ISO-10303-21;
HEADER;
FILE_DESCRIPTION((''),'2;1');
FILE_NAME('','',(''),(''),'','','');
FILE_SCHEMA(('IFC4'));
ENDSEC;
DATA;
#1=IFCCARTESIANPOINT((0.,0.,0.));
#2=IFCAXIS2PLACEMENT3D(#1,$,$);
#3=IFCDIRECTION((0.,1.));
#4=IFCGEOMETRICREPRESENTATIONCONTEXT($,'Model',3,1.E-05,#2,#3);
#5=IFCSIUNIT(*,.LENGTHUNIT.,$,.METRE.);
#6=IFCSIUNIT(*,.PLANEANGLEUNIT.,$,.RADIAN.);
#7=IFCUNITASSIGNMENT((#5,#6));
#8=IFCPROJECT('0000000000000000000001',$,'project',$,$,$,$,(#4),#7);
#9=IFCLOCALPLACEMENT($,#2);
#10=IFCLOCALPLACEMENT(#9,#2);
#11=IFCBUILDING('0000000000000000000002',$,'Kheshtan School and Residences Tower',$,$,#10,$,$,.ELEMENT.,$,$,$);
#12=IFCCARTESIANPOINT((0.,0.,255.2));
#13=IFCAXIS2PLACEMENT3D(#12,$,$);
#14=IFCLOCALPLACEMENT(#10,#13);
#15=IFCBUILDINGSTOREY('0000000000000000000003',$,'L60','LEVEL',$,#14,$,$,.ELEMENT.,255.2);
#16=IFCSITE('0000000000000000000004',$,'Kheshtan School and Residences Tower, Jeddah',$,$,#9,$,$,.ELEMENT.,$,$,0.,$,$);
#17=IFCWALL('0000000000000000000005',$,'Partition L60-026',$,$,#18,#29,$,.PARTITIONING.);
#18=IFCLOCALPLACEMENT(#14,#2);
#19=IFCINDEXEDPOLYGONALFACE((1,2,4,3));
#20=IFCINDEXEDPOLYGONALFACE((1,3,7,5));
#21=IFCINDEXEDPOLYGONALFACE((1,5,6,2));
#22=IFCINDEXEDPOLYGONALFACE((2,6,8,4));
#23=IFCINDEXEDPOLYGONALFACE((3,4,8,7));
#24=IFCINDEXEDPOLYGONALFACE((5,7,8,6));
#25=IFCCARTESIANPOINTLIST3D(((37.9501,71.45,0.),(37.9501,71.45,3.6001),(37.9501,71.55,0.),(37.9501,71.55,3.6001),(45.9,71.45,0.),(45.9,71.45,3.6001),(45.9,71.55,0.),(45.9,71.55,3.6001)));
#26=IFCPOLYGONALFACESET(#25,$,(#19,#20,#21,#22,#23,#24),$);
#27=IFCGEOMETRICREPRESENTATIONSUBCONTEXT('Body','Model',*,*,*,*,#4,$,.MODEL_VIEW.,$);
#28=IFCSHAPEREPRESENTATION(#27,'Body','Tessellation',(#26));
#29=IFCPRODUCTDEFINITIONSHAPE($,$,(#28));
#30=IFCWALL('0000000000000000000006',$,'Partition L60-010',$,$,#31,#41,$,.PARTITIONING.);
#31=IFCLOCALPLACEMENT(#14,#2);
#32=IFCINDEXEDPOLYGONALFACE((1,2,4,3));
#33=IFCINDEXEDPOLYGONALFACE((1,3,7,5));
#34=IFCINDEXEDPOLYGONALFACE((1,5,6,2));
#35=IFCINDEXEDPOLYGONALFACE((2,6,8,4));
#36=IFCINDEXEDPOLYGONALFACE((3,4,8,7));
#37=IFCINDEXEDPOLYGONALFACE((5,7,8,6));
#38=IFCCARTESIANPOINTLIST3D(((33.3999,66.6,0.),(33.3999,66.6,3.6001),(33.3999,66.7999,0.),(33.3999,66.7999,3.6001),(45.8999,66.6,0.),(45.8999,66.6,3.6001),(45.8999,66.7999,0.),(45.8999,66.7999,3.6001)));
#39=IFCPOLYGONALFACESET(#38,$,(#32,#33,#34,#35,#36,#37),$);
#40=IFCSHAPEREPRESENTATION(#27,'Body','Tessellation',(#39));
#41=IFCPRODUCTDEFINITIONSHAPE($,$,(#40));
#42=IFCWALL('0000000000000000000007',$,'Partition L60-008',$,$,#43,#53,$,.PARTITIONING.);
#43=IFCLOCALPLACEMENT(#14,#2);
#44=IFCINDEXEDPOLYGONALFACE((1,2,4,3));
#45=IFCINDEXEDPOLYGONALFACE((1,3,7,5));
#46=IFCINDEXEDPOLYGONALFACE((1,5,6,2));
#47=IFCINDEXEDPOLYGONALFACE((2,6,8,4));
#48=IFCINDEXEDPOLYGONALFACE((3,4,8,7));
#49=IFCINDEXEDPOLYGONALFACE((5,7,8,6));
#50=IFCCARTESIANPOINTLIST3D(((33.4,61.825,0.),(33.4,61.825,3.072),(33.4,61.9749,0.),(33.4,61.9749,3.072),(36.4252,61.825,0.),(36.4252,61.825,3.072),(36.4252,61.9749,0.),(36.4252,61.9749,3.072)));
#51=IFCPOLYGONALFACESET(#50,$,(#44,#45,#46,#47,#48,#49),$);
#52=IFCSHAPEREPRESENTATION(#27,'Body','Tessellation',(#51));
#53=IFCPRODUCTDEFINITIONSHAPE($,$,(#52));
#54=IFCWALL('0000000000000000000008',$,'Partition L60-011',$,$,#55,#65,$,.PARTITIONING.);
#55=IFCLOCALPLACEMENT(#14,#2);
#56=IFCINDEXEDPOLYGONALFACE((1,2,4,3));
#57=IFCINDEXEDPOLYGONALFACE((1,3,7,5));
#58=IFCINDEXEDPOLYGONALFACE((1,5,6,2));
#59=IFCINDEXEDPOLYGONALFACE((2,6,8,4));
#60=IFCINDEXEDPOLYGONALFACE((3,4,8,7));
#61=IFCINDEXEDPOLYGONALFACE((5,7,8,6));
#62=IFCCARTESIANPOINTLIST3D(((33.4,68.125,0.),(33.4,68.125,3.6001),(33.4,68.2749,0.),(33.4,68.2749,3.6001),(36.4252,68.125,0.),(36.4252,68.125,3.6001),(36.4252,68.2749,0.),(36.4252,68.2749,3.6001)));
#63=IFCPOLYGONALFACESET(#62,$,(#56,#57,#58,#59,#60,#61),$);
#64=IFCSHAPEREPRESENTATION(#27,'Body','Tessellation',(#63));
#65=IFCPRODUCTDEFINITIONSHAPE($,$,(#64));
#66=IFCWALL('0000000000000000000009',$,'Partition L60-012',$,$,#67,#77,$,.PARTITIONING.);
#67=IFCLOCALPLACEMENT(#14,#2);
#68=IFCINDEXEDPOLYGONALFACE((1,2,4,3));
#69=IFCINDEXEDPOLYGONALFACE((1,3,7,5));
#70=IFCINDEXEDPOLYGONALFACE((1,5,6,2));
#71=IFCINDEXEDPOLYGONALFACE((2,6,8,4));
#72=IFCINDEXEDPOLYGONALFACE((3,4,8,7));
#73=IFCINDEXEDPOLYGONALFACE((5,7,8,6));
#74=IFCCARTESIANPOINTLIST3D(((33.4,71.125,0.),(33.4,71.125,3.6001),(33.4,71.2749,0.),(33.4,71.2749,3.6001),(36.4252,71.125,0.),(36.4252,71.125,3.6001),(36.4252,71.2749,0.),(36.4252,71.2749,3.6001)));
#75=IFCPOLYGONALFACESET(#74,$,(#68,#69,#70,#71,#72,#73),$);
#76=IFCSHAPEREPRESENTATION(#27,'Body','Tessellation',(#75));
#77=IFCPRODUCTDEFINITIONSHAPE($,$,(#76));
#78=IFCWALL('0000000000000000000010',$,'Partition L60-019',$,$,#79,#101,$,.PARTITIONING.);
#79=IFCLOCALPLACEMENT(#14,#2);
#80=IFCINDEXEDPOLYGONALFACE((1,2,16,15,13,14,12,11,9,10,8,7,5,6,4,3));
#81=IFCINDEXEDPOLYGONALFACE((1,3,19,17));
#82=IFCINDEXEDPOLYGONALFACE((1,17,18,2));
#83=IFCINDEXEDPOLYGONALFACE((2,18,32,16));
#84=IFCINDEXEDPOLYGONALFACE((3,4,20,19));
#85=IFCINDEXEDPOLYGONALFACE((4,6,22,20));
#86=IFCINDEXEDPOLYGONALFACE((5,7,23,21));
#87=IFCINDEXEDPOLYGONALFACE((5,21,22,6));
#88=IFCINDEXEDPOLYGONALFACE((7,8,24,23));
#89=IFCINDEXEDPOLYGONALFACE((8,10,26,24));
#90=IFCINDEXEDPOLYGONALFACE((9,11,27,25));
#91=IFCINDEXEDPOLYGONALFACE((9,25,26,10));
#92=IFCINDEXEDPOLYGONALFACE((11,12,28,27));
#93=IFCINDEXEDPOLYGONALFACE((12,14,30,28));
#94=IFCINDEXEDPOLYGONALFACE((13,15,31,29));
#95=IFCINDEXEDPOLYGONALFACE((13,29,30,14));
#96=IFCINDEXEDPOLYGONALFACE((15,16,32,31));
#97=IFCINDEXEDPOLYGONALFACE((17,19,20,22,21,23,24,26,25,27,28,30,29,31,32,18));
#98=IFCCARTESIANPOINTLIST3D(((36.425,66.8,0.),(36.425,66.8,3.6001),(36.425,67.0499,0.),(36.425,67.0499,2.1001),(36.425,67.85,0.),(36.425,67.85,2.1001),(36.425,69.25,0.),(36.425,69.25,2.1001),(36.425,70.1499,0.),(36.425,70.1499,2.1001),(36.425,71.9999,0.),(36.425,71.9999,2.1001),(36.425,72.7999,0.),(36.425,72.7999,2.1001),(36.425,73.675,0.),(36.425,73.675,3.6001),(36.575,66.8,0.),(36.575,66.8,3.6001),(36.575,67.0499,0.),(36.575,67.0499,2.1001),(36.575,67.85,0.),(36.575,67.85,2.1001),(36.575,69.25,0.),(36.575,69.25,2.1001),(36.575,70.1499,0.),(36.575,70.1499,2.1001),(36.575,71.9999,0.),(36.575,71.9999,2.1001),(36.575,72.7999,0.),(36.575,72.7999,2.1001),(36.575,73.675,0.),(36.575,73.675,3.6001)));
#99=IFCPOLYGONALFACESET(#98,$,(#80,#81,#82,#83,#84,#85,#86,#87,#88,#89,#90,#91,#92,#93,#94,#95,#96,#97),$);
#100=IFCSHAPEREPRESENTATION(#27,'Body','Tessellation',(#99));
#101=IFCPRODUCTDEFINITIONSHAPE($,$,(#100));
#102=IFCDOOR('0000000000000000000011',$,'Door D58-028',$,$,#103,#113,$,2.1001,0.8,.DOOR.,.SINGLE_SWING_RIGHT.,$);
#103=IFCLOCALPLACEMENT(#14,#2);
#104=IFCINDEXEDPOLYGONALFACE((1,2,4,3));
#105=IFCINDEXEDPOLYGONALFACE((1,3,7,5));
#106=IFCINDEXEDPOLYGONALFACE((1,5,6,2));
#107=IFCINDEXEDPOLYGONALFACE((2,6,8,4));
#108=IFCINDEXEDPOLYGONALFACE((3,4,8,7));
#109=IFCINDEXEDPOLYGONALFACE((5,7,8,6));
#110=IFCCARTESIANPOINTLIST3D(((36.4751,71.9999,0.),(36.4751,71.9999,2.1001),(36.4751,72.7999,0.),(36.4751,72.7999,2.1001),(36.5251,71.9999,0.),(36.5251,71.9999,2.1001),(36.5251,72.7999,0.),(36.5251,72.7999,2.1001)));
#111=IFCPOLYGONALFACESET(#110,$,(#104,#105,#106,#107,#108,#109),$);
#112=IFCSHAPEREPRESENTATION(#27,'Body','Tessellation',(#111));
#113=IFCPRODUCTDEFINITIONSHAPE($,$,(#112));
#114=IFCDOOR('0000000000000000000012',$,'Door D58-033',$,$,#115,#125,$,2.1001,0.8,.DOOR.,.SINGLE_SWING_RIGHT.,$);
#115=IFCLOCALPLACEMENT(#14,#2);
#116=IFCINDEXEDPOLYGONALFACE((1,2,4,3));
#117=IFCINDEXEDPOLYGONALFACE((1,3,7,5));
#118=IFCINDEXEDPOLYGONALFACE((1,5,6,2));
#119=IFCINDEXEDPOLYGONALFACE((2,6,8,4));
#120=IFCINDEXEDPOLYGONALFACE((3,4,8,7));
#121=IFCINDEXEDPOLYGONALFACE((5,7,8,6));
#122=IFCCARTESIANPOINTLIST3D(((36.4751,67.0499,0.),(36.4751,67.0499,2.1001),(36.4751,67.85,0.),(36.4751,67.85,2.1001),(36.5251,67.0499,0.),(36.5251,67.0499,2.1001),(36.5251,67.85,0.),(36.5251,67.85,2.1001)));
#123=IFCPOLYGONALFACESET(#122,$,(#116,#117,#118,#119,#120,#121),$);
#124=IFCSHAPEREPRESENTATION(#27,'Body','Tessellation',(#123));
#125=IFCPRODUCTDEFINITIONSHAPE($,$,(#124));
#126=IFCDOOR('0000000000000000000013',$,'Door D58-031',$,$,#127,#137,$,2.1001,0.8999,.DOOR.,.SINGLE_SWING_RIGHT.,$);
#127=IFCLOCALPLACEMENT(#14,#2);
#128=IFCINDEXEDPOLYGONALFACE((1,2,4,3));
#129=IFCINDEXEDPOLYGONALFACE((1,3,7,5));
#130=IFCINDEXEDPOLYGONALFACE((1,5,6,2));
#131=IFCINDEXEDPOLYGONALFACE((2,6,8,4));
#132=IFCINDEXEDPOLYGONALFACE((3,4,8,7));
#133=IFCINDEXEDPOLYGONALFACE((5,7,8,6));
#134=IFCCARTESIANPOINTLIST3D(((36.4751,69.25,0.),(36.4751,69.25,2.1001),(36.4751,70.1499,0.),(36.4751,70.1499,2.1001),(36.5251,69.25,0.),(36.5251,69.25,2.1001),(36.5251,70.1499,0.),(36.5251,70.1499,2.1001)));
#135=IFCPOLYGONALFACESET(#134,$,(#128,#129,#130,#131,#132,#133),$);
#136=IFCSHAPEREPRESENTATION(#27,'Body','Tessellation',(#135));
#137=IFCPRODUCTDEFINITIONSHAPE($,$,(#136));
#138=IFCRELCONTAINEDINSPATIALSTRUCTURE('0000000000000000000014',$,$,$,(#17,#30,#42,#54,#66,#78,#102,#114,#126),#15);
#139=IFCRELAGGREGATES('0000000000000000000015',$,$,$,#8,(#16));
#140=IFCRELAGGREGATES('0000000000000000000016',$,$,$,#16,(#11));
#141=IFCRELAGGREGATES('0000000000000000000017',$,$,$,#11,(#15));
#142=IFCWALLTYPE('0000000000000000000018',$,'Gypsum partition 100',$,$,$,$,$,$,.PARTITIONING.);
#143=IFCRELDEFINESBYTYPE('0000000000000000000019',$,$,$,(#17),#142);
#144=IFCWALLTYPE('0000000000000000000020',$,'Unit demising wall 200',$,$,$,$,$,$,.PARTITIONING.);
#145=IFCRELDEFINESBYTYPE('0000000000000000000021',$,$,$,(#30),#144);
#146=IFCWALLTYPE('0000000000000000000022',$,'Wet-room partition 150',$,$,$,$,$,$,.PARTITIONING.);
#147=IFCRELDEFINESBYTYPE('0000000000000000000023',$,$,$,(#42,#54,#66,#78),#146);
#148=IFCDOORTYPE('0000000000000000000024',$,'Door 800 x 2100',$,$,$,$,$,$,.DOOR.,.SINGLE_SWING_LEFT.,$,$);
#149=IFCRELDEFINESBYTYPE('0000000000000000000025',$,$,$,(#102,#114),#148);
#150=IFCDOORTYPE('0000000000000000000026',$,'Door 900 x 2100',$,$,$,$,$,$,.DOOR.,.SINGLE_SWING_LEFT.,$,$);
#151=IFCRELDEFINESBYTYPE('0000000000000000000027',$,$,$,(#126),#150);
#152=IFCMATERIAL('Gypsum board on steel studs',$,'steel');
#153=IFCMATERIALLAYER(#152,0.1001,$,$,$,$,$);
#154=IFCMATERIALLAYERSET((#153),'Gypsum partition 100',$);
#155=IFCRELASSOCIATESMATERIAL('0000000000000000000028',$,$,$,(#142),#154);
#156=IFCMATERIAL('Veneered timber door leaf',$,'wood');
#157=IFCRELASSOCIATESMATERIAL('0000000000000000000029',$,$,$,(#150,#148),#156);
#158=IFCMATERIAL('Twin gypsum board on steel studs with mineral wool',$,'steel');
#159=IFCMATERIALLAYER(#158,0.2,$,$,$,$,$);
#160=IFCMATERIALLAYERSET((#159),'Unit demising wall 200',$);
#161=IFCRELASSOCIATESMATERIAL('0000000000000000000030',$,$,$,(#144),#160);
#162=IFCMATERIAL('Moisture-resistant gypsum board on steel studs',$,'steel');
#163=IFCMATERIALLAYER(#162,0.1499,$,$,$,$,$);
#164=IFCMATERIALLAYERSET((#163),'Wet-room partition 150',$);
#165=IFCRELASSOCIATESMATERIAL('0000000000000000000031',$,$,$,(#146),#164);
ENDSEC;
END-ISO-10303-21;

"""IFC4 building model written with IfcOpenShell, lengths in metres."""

from ifc_helpers import new_model, si_unit, direction, frame, frame_2d, origin, place, context, subcontext, project, spatial, rectangle, extrude, source, transform, mapped, material, layer, layer_set, type_object, element, fill, save


model = new_model("IFC4")

# Units and contexts
model_context = context("Model", 3, precision=1e-05, world=origin(), true_north=direction((0.0, 1.0)))
body_context = subcontext(model_context, "Body", "Model", "MODEL_VIEW")
ifc_project = project(units=[si_unit("LENGTHUNIT", "METRE"), si_unit("PLANEANGLEUNIT", "RADIAN")], contexts=[model_context])

# Site, building, storey
site_placement = place(None, origin())
site = spatial("IfcSite", under=ifc_project, at=site_placement, Name="Kheshtan School and Residences Tower, Jeddah", CompositionType="ELEMENT", RefElevation=0.0)
building_placement = place(site_placement, origin())
building = spatial("IfcBuilding", under=site, at=building_placement, Name="Kheshtan School and Residences Tower", CompositionType="ELEMENT")
storey_placement = place(building_placement, frame((0.0, 0.0, 255.2)))
storey = spatial("IfcBuildingStorey", under=building, at=storey_placement, Name="L60", Description="LEVEL", CompositionType="ELEMENT", Elevation=255.2)

# Shared definitions
ifc_material_1 = material(Name="Gypsum board on steel studs", Category="steel")
ifc_layer_1 = layer(ifc_material_1, 0.1001)
ifc_layer_set_1 = layer_set([ifc_layer_1], Name="Gypsum partition 100")
wall_type_1 = type_object("IfcWallType", Name="Gypsum partition 100", PredefinedType="PARTITIONING", material=ifc_layer_set_1)

# Shared definitions
ifc_material_2 = material(Name="Veneered timber door leaf", Category="wood")
door_type_1 = type_object("IfcDoorType", Name="Door 900 x 2100", OperationType="SINGLE_SWING_LEFT", PredefinedType="DOOR", material=ifc_material_2)
shared_shape_1 = source(origin(), body_context, "Body", "SweptSolid", [
    extrude(rectangle(XDim=0.8999, YDim=2.1001, at=frame_2d((0.45, 1.05))), frame((0.0, 0.0249, 0.0), z_axis=(0.0, -1.0, 0.0), x_axis=(1.0, 0.0, 0.0)), (0.0, 0.0, 1.0), 0.05),
])

# Walls
for number, where, z_axis, x_axis, name in (
    (1, (37.95, 71.5, 0.0), (0.0, 0.0, 1.0), (1.0, 0.0, 0.0), "Partition L60-026"),
):
    element("IfcWall", number, at=place(storey_placement, frame(where, z_axis=z_axis, x_axis=x_axis)), inside=storey, type_object=wall_type_1, Name=name, PredefinedType="PARTITIONING", context=body_context, shape_type="SweptSolid", body=[
        extrude(rectangle(XDim=7.95, YDim=0.1001, at=frame_2d((3.9751, 0.0))), origin(), (0.0, 0.0, 1.0), 3.6001),
    ])
ifc_material_3 = material(Name="Twin gypsum board on steel studs with mineral wool", Category="steel")
ifc_layer_2 = layer(ifc_material_3, 0.2)
ifc_layer_set_2 = layer_set([ifc_layer_2], Name="Unit demising wall 200")
wall_type_2 = type_object("IfcWallType", Name="Unit demising wall 200", PredefinedType="PARTITIONING", material=ifc_layer_set_2)
wall_1_placement = place(storey_placement, frame((33.3999, 66.7, 0.0), z_axis=(0.0, 0.0, 1.0), x_axis=(1.0, 0.0, 0.0)))
element("IfcWall", 2, at=wall_1_placement, inside=storey, type_object=wall_type_2, Name="Partition L60-010", PredefinedType="PARTITIONING", context=body_context, shape_type="SweptSolid", body=[
    extrude(rectangle(XDim=12.5, YDim=0.2, at=frame_2d((6.25, 0.0))), origin(), (0.0, 0.0, 1.0), 3.6001),
])
ifc_material_4 = material(Name="Moisture-resistant gypsum board on steel studs", Category="steel")
ifc_layer_3 = layer(ifc_material_4, 0.1499)
ifc_layer_set_3 = layer_set([ifc_layer_3], Name="Wet-room partition 150")
wall_type_3 = type_object("IfcWallType", Name="Wet-room partition 150", PredefinedType="PARTITIONING", material=ifc_layer_set_3)
wall_2_placement = place(storey_placement, frame((33.3999, 61.8999, 0.0), z_axis=(0.0, 0.0, 1.0), x_axis=(1.0, 0.0, 0.0)))
element("IfcWall", 3, at=wall_2_placement, inside=storey, type_object=wall_type_3, Name="Partition L60-008", PredefinedType="PARTITIONING", context=body_context, shape_type="SweptSolid", body=[
    extrude(rectangle(XDim=3.0251, YDim=0.1499, at=frame_2d((1.5127, 0.0))), origin(), (0.0, 0.0, 1.0), 3.072),
])
for number, where, z_axis, x_axis, name in (
    (4, (33.3999, 68.2, 0.0), (0.0, 0.0, 1.0), (1.0, 0.0, 0.0), "Partition L60-011"),
    (5, (33.3999, 71.2, 0.0), (0.0, 0.0, 1.0), (1.0, 0.0, 0.0), "Partition L60-012"),
):
    element("IfcWall", number, at=place(storey_placement, frame(where, z_axis=z_axis, x_axis=x_axis)), inside=storey, type_object=wall_type_3, Name=name, PredefinedType="PARTITIONING", context=body_context, shape_type="SweptSolid", body=[
        extrude(rectangle(XDim=3.0251, YDim=0.1499, at=frame_2d((1.5127, 0.0))), origin(), (0.0, 0.0, 1.0), 3.6001),
    ])

# Wall, openings, doors
wall_3_placement = place(storey_placement, frame((36.5, 66.8, 0.0), z_axis=(0.0, 0.0, 1.0), x_axis=(0.0, 1.0, 0.0)))
wall_3 = element("IfcWall", 6, at=wall_3_placement, inside=storey, type_object=wall_type_3, Name="Partition L60-019", PredefinedType="PARTITIONING", context=body_context, shape_type="SweptSolid", body=[
    extrude(rectangle(XDim=6.875, YDim=0.1499, at=frame_2d((3.4375, 0.0))), origin(), (0.0, 0.0, 1.0), 3.6001),
])
opening_1_placement = place(wall_3_placement, frame((5.2, 0.0, 0.0)))
opening_1 = element("IfcOpeningElement", 7, at=opening_1_placement, cuts=wall_3, PredefinedType="OPENING", context=body_context, shape_type="SweptSolid", body=[
    extrude(rectangle(XDim=0.8, YDim=2.1001, at=frame_2d((0.3999, 1.05))), frame((0.0, 0.085, 0.0), z_axis=(0.0, -1.0, 0.0), x_axis=(1.0, 0.0, 0.0)), (0.0, 0.0, 1.0), 0.1699),
])
opening_2_placement = place(wall_3_placement, frame((2.45, 0.0, 0.0)))
opening_2 = element("IfcOpeningElement", 8, at=opening_2_placement, cuts=wall_3, PredefinedType="OPENING", context=body_context, shape_type="SweptSolid", body=[
    extrude(rectangle(XDim=0.8999, YDim=2.1001, at=frame_2d((0.45, 1.05))), frame((0.0, 0.085, 0.0), z_axis=(0.0, -1.0, 0.0), x_axis=(1.0, 0.0, 0.0)), (0.0, 0.0, 1.0), 0.1699),
])
opening_3_placement = place(wall_3_placement, frame((0.25, 0.0, 0.0)))
opening_3 = element("IfcOpeningElement", 9, at=opening_3_placement, cuts=wall_3, PredefinedType="OPENING", context=body_context, shape_type="SweptSolid", body=[
    extrude(rectangle(XDim=0.8, YDim=2.1001, at=frame_2d((0.3999, 1.05))), frame((0.0, 0.085, 0.0), z_axis=(0.0, -1.0, 0.0), x_axis=(1.0, 0.0, 0.0)), (0.0, 0.0, 1.0), 0.1699),
])
door_type_2 = type_object("IfcDoorType", Name="Door 800 x 2100", OperationType="SINGLE_SWING_LEFT", PredefinedType="DOOR", material=ifc_material_2)
shared_shape_2 = source(origin(), body_context, "Body", "SweptSolid", [
    extrude(rectangle(XDim=0.8, YDim=2.1001, at=frame_2d((0.3999, 1.05))), frame((0.0, 0.0249, 0.0), z_axis=(0.0, -1.0, 0.0), x_axis=(1.0, 0.0, 0.0)), (0.0, 0.0, 1.0), 0.05),
])
door_1_placement = place(opening_1_placement, origin())
door_1 = element("IfcDoor", 10, at=door_1_placement, inside=storey, type_object=door_type_2, Name="Door D58-028", OperationType="SINGLE_SWING_RIGHT", OverallHeight=2.1001, OverallWidth=0.8, PredefinedType="DOOR", context=body_context, shape_type="MappedRepresentation", body=[
    mapped(shared_shape_2, transform((0.0, 0.0, 0.0), x_axis=(1.0, 0.0, 0.0), y_axis=(0.0, 1.0, 0.0), z_axis=(0.0, 0.0, 1.0), scale=1.0)),
])
fill(opening_1, door_1)
door_2_placement = place(opening_3_placement, origin())
door_2 = element("IfcDoor", 11, at=door_2_placement, inside=storey, type_object=door_type_2, Name="Door D58-033", OperationType="SINGLE_SWING_RIGHT", OverallHeight=2.1001, OverallWidth=0.8, PredefinedType="DOOR", context=body_context, shape_type="MappedRepresentation", body=[
    mapped(shared_shape_2, transform((0.0, 0.0, 0.0), x_axis=(1.0, 0.0, 0.0), y_axis=(0.0, 1.0, 0.0), z_axis=(0.0, 0.0, 1.0), scale=1.0)),
])
fill(opening_3, door_2)
door_3_placement = place(opening_2_placement, origin())
door_3 = element("IfcDoor", 12, at=door_3_placement, inside=storey, type_object=door_type_1, Name="Door D58-031", OperationType="SINGLE_SWING_RIGHT", OverallHeight=2.1001, OverallWidth=0.8999, PredefinedType="DOOR", context=body_context, shape_type="MappedRepresentation", body=[
    mapped(shared_shape_1, transform((0.0, 0.0, 0.0), x_axis=(1.0, 0.0, 0.0), y_axis=(0.0, 1.0, 0.0), z_axis=(0.0, 0.0, 1.0), scale=1.0)),
])
fill(opening_2, door_3)

save(model, "model.ifc")
